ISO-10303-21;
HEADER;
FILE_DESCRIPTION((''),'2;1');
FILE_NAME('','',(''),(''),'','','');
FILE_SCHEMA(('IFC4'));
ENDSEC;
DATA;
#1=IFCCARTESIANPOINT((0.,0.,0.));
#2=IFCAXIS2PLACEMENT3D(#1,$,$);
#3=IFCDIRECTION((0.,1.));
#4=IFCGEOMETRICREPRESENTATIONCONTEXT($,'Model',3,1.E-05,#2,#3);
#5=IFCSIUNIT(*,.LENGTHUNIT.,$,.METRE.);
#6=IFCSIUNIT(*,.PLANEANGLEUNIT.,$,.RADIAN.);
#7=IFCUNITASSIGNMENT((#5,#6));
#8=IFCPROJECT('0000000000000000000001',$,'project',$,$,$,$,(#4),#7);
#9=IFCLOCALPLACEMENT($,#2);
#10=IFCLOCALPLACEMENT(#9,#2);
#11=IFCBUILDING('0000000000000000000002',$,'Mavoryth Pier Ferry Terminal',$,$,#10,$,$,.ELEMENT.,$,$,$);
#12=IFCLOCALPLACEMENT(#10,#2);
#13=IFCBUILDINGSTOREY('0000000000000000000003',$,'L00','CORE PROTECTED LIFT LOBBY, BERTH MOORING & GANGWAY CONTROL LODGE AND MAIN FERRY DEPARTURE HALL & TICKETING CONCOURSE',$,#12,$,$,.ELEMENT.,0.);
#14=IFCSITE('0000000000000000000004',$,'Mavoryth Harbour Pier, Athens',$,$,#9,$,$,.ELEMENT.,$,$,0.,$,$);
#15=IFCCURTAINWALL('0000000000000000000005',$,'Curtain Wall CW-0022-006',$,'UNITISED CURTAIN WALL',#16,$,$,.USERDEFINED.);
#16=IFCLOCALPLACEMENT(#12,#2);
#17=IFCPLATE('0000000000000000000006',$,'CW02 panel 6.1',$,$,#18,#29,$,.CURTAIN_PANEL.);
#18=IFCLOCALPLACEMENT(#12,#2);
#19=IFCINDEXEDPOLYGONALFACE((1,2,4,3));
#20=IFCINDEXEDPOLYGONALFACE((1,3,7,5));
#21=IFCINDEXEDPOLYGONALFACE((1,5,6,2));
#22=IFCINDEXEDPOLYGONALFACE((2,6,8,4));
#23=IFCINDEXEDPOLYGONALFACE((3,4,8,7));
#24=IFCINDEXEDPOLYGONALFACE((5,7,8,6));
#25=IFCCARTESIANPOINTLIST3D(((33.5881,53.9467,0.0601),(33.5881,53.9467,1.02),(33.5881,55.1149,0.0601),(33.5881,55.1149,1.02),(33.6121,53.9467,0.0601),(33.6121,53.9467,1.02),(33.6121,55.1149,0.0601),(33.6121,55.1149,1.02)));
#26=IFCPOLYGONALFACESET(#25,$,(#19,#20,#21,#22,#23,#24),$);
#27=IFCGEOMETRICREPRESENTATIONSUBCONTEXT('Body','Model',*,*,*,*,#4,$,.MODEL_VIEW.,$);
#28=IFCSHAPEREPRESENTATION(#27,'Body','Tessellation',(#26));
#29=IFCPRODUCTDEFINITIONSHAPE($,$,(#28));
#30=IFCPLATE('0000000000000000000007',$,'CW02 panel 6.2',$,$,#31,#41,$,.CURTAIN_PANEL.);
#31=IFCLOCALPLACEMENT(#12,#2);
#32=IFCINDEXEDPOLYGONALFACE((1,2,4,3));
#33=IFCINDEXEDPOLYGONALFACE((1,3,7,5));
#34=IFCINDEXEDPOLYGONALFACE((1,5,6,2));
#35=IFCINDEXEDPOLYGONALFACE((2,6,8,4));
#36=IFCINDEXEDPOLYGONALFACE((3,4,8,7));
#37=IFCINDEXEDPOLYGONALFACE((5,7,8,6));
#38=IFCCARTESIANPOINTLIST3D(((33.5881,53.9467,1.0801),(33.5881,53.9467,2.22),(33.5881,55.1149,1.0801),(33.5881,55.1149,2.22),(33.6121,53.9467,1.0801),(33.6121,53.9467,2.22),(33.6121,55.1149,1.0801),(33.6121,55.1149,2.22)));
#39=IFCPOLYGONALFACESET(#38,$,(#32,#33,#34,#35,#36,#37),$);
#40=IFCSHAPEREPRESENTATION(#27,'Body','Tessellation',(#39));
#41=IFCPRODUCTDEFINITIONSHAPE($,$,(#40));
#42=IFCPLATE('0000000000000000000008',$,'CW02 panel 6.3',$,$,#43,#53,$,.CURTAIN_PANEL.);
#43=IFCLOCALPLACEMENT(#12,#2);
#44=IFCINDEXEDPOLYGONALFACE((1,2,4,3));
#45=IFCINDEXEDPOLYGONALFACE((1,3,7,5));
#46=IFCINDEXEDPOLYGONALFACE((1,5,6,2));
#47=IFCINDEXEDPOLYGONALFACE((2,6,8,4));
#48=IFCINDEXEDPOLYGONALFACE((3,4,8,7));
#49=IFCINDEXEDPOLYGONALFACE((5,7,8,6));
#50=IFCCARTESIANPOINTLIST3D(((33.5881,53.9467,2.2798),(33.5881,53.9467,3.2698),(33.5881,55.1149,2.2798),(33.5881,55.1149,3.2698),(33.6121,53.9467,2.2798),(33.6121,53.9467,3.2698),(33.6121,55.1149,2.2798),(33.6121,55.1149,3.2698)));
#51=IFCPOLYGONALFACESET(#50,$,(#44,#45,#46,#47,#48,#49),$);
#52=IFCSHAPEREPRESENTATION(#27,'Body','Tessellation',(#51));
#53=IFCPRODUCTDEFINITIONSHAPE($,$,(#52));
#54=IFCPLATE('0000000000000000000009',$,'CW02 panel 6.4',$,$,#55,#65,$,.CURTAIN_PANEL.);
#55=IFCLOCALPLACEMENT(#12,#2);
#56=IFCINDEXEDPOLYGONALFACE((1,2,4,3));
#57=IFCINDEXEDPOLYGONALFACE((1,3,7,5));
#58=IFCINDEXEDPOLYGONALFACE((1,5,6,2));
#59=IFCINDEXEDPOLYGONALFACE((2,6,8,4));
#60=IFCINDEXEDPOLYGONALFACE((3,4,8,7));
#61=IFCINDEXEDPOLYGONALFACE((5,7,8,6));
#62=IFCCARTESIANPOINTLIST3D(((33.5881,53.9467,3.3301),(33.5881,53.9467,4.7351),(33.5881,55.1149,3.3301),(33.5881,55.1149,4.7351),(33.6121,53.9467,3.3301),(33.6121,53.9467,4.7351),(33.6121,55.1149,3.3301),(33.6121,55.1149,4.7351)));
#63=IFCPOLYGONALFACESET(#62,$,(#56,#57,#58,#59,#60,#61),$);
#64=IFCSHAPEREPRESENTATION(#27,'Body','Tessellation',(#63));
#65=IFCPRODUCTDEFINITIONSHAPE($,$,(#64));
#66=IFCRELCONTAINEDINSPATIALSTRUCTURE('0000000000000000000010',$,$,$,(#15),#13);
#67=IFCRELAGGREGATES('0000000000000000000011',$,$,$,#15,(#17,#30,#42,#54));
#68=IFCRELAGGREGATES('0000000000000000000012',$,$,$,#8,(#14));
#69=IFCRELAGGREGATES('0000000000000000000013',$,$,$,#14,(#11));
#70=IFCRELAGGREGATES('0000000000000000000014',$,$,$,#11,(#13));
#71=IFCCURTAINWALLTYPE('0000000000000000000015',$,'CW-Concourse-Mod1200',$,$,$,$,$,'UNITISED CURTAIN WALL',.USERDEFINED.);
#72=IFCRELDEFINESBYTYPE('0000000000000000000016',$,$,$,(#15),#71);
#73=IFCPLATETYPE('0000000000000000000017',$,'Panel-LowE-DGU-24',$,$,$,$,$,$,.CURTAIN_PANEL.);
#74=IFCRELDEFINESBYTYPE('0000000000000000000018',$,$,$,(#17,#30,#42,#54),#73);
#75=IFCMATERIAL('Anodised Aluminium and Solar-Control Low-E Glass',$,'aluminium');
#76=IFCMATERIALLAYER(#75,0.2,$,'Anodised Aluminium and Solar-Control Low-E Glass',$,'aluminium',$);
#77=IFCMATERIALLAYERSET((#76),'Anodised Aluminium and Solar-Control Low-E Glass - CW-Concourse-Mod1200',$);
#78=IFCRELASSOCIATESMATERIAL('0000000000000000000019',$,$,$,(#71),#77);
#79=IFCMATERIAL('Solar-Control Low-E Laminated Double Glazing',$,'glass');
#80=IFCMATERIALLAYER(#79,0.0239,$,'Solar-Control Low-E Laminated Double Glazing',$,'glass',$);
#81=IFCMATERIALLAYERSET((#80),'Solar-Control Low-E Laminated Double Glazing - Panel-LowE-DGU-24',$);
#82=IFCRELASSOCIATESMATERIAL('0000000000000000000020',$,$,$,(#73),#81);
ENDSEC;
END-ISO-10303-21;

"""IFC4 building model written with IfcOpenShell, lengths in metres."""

from ifc_helpers import new_model, si_unit, direction, frame, origin, origin_2d, place, context, subcontext, project, spatial, rectangle, extrude, material, layer, layer_set, type_object, element, aggregate, save


model = new_model("IFC4")

# Units and contexts
model_context = context("Model", 3, precision=1e-05, world=origin(), true_north=direction((0.0, 1.0)))
body_context = subcontext(model_context, "Body", "Model", "MODEL_VIEW")
ifc_project = project(units=[si_unit("LENGTHUNIT", "METRE"), si_unit("PLANEANGLEUNIT", "RADIAN")], contexts=[model_context])

# Site, building, storey
site_placement = place(None, origin())
site = spatial("IfcSite", under=ifc_project, at=site_placement, Name="Mavoryth Harbour Pier, Athens", CompositionType="ELEMENT", RefElevation=0.0)
building_placement = place(site_placement, origin())
building = spatial("IfcBuilding", under=site, at=building_placement, Name="Mavoryth Pier Ferry Terminal", CompositionType="ELEMENT")
storey_placement = place(building_placement, origin())
storey = spatial("IfcBuildingStorey", under=building, at=storey_placement, Name="L00", Description="CORE PROTECTED LIFT LOBBY, BERTH MOORING & GANGWAY CONTROL LODGE AND MAIN FERRY DEPARTURE HALL & TICKETING CONCOURSE", CompositionType="ELEMENT", Elevation=0.0)

# Curtain wall
ifc_material_1 = material(Name="Anodised Aluminium and Solar-Control Low-E Glass", Category="aluminium")
ifc_layer_1 = layer(ifc_material_1, 0.2, Name="Anodised Aluminium and Solar-Control Low-E Glass", Category="aluminium")
ifc_layer_set_1 = layer_set([ifc_layer_1], Name="Anodised Aluminium and Solar-Control Low-E Glass - CW-Concourse-Mod1200")
curtain_wall_type = type_object("IfcCurtainWallType", Name="CW-Concourse-Mod1200", ElementType="UNITISED CURTAIN WALL", PredefinedType="USERDEFINED", material=ifc_layer_set_1)
curtain_wall_1_placement = place(storey_placement, origin())
curtain_wall_1 = element("IfcCurtainWall", 1, at=curtain_wall_1_placement, inside=storey, type_object=curtain_wall_type, Name="Curtain Wall CW-0022-006", ObjectType="UNITISED CURTAIN WALL", PredefinedType="USERDEFINED")

# Plates
ifc_material_2 = material(Name="Solar-Control Low-E Laminated Double Glazing", Category="glass")
ifc_layer_2 = layer(ifc_material_2, 0.0239, Name="Solar-Control Low-E Laminated Double Glazing", Category="glass")
ifc_layer_set_2 = layer_set([ifc_layer_2], Name="Solar-Control Low-E Laminated Double Glazing - Panel-LowE-DGU-24")
plate_type = type_object("IfcPlateType", Name="Panel-LowE-DGU-24", PredefinedType="CURTAIN_PANEL", material=ifc_layer_set_2)
plate_1_placement = place(storey_placement, frame((33.6001, 54.5308, 0.0601), z_axis=(0.0, 0.0, 1.0), x_axis=(0.0, 1.0, 0.0)))
plate_1 = element("IfcPlate", 2, at=plate_1_placement, type_object=plate_type, Name="CW02 panel 6.1", PredefinedType="CURTAIN_PANEL", context=body_context, shape_type="SweptSolid", body=[
    extrude(rectangle(XDim=1.1682, YDim=0.0239, at=origin_2d()), origin(), (0.0, 0.0, 1.0), 0.96),
])
plate_2_placement = place(storey_placement, frame((33.6001, 54.5308, 1.0801), z_axis=(0.0, 0.0, 1.0), x_axis=(0.0, 1.0, 0.0)))
plate_2 = element("IfcPlate", 3, at=plate_2_placement, type_object=plate_type, Name="CW02 panel 6.2", PredefinedType="CURTAIN_PANEL", context=body_context, shape_type="SweptSolid", body=[
    extrude(rectangle(XDim=1.1682, YDim=0.0239, at=origin_2d()), origin(), (0.0, 0.0, 1.0), 1.1399),
])
plate_3_placement = place(storey_placement, frame((33.6001, 54.5308, 2.2798), z_axis=(0.0, 0.0, 1.0), x_axis=(0.0, 1.0, 0.0)))
plate_3 = element("IfcPlate", 4, at=plate_3_placement, type_object=plate_type, Name="CW02 panel 6.3", PredefinedType="CURTAIN_PANEL", context=body_context, shape_type="SweptSolid", body=[
    extrude(rectangle(XDim=1.1682, YDim=0.0239, at=origin_2d()), origin(), (0.0, 0.0, 1.0), 0.99),
])
plate_4_placement = place(storey_placement, frame((33.6001, 54.5308, 3.3301), z_axis=(0.0, 0.0, 1.0), x_axis=(0.0, 1.0, 0.0)))
plate_4 = element("IfcPlate", 5, at=plate_4_placement, type_object=plate_type, Name="CW02 panel 6.4", PredefinedType="CURTAIN_PANEL", context=body_context, shape_type="SweptSolid", body=[
    extrude(rectangle(XDim=1.1682, YDim=0.0239, at=origin_2d()), origin(), (0.0, 0.0, 1.0), 1.405),
])
aggregate(curtain_wall_1, [plate_1, plate_2, plate_3, plate_4])

save(model, "model.ifc")
